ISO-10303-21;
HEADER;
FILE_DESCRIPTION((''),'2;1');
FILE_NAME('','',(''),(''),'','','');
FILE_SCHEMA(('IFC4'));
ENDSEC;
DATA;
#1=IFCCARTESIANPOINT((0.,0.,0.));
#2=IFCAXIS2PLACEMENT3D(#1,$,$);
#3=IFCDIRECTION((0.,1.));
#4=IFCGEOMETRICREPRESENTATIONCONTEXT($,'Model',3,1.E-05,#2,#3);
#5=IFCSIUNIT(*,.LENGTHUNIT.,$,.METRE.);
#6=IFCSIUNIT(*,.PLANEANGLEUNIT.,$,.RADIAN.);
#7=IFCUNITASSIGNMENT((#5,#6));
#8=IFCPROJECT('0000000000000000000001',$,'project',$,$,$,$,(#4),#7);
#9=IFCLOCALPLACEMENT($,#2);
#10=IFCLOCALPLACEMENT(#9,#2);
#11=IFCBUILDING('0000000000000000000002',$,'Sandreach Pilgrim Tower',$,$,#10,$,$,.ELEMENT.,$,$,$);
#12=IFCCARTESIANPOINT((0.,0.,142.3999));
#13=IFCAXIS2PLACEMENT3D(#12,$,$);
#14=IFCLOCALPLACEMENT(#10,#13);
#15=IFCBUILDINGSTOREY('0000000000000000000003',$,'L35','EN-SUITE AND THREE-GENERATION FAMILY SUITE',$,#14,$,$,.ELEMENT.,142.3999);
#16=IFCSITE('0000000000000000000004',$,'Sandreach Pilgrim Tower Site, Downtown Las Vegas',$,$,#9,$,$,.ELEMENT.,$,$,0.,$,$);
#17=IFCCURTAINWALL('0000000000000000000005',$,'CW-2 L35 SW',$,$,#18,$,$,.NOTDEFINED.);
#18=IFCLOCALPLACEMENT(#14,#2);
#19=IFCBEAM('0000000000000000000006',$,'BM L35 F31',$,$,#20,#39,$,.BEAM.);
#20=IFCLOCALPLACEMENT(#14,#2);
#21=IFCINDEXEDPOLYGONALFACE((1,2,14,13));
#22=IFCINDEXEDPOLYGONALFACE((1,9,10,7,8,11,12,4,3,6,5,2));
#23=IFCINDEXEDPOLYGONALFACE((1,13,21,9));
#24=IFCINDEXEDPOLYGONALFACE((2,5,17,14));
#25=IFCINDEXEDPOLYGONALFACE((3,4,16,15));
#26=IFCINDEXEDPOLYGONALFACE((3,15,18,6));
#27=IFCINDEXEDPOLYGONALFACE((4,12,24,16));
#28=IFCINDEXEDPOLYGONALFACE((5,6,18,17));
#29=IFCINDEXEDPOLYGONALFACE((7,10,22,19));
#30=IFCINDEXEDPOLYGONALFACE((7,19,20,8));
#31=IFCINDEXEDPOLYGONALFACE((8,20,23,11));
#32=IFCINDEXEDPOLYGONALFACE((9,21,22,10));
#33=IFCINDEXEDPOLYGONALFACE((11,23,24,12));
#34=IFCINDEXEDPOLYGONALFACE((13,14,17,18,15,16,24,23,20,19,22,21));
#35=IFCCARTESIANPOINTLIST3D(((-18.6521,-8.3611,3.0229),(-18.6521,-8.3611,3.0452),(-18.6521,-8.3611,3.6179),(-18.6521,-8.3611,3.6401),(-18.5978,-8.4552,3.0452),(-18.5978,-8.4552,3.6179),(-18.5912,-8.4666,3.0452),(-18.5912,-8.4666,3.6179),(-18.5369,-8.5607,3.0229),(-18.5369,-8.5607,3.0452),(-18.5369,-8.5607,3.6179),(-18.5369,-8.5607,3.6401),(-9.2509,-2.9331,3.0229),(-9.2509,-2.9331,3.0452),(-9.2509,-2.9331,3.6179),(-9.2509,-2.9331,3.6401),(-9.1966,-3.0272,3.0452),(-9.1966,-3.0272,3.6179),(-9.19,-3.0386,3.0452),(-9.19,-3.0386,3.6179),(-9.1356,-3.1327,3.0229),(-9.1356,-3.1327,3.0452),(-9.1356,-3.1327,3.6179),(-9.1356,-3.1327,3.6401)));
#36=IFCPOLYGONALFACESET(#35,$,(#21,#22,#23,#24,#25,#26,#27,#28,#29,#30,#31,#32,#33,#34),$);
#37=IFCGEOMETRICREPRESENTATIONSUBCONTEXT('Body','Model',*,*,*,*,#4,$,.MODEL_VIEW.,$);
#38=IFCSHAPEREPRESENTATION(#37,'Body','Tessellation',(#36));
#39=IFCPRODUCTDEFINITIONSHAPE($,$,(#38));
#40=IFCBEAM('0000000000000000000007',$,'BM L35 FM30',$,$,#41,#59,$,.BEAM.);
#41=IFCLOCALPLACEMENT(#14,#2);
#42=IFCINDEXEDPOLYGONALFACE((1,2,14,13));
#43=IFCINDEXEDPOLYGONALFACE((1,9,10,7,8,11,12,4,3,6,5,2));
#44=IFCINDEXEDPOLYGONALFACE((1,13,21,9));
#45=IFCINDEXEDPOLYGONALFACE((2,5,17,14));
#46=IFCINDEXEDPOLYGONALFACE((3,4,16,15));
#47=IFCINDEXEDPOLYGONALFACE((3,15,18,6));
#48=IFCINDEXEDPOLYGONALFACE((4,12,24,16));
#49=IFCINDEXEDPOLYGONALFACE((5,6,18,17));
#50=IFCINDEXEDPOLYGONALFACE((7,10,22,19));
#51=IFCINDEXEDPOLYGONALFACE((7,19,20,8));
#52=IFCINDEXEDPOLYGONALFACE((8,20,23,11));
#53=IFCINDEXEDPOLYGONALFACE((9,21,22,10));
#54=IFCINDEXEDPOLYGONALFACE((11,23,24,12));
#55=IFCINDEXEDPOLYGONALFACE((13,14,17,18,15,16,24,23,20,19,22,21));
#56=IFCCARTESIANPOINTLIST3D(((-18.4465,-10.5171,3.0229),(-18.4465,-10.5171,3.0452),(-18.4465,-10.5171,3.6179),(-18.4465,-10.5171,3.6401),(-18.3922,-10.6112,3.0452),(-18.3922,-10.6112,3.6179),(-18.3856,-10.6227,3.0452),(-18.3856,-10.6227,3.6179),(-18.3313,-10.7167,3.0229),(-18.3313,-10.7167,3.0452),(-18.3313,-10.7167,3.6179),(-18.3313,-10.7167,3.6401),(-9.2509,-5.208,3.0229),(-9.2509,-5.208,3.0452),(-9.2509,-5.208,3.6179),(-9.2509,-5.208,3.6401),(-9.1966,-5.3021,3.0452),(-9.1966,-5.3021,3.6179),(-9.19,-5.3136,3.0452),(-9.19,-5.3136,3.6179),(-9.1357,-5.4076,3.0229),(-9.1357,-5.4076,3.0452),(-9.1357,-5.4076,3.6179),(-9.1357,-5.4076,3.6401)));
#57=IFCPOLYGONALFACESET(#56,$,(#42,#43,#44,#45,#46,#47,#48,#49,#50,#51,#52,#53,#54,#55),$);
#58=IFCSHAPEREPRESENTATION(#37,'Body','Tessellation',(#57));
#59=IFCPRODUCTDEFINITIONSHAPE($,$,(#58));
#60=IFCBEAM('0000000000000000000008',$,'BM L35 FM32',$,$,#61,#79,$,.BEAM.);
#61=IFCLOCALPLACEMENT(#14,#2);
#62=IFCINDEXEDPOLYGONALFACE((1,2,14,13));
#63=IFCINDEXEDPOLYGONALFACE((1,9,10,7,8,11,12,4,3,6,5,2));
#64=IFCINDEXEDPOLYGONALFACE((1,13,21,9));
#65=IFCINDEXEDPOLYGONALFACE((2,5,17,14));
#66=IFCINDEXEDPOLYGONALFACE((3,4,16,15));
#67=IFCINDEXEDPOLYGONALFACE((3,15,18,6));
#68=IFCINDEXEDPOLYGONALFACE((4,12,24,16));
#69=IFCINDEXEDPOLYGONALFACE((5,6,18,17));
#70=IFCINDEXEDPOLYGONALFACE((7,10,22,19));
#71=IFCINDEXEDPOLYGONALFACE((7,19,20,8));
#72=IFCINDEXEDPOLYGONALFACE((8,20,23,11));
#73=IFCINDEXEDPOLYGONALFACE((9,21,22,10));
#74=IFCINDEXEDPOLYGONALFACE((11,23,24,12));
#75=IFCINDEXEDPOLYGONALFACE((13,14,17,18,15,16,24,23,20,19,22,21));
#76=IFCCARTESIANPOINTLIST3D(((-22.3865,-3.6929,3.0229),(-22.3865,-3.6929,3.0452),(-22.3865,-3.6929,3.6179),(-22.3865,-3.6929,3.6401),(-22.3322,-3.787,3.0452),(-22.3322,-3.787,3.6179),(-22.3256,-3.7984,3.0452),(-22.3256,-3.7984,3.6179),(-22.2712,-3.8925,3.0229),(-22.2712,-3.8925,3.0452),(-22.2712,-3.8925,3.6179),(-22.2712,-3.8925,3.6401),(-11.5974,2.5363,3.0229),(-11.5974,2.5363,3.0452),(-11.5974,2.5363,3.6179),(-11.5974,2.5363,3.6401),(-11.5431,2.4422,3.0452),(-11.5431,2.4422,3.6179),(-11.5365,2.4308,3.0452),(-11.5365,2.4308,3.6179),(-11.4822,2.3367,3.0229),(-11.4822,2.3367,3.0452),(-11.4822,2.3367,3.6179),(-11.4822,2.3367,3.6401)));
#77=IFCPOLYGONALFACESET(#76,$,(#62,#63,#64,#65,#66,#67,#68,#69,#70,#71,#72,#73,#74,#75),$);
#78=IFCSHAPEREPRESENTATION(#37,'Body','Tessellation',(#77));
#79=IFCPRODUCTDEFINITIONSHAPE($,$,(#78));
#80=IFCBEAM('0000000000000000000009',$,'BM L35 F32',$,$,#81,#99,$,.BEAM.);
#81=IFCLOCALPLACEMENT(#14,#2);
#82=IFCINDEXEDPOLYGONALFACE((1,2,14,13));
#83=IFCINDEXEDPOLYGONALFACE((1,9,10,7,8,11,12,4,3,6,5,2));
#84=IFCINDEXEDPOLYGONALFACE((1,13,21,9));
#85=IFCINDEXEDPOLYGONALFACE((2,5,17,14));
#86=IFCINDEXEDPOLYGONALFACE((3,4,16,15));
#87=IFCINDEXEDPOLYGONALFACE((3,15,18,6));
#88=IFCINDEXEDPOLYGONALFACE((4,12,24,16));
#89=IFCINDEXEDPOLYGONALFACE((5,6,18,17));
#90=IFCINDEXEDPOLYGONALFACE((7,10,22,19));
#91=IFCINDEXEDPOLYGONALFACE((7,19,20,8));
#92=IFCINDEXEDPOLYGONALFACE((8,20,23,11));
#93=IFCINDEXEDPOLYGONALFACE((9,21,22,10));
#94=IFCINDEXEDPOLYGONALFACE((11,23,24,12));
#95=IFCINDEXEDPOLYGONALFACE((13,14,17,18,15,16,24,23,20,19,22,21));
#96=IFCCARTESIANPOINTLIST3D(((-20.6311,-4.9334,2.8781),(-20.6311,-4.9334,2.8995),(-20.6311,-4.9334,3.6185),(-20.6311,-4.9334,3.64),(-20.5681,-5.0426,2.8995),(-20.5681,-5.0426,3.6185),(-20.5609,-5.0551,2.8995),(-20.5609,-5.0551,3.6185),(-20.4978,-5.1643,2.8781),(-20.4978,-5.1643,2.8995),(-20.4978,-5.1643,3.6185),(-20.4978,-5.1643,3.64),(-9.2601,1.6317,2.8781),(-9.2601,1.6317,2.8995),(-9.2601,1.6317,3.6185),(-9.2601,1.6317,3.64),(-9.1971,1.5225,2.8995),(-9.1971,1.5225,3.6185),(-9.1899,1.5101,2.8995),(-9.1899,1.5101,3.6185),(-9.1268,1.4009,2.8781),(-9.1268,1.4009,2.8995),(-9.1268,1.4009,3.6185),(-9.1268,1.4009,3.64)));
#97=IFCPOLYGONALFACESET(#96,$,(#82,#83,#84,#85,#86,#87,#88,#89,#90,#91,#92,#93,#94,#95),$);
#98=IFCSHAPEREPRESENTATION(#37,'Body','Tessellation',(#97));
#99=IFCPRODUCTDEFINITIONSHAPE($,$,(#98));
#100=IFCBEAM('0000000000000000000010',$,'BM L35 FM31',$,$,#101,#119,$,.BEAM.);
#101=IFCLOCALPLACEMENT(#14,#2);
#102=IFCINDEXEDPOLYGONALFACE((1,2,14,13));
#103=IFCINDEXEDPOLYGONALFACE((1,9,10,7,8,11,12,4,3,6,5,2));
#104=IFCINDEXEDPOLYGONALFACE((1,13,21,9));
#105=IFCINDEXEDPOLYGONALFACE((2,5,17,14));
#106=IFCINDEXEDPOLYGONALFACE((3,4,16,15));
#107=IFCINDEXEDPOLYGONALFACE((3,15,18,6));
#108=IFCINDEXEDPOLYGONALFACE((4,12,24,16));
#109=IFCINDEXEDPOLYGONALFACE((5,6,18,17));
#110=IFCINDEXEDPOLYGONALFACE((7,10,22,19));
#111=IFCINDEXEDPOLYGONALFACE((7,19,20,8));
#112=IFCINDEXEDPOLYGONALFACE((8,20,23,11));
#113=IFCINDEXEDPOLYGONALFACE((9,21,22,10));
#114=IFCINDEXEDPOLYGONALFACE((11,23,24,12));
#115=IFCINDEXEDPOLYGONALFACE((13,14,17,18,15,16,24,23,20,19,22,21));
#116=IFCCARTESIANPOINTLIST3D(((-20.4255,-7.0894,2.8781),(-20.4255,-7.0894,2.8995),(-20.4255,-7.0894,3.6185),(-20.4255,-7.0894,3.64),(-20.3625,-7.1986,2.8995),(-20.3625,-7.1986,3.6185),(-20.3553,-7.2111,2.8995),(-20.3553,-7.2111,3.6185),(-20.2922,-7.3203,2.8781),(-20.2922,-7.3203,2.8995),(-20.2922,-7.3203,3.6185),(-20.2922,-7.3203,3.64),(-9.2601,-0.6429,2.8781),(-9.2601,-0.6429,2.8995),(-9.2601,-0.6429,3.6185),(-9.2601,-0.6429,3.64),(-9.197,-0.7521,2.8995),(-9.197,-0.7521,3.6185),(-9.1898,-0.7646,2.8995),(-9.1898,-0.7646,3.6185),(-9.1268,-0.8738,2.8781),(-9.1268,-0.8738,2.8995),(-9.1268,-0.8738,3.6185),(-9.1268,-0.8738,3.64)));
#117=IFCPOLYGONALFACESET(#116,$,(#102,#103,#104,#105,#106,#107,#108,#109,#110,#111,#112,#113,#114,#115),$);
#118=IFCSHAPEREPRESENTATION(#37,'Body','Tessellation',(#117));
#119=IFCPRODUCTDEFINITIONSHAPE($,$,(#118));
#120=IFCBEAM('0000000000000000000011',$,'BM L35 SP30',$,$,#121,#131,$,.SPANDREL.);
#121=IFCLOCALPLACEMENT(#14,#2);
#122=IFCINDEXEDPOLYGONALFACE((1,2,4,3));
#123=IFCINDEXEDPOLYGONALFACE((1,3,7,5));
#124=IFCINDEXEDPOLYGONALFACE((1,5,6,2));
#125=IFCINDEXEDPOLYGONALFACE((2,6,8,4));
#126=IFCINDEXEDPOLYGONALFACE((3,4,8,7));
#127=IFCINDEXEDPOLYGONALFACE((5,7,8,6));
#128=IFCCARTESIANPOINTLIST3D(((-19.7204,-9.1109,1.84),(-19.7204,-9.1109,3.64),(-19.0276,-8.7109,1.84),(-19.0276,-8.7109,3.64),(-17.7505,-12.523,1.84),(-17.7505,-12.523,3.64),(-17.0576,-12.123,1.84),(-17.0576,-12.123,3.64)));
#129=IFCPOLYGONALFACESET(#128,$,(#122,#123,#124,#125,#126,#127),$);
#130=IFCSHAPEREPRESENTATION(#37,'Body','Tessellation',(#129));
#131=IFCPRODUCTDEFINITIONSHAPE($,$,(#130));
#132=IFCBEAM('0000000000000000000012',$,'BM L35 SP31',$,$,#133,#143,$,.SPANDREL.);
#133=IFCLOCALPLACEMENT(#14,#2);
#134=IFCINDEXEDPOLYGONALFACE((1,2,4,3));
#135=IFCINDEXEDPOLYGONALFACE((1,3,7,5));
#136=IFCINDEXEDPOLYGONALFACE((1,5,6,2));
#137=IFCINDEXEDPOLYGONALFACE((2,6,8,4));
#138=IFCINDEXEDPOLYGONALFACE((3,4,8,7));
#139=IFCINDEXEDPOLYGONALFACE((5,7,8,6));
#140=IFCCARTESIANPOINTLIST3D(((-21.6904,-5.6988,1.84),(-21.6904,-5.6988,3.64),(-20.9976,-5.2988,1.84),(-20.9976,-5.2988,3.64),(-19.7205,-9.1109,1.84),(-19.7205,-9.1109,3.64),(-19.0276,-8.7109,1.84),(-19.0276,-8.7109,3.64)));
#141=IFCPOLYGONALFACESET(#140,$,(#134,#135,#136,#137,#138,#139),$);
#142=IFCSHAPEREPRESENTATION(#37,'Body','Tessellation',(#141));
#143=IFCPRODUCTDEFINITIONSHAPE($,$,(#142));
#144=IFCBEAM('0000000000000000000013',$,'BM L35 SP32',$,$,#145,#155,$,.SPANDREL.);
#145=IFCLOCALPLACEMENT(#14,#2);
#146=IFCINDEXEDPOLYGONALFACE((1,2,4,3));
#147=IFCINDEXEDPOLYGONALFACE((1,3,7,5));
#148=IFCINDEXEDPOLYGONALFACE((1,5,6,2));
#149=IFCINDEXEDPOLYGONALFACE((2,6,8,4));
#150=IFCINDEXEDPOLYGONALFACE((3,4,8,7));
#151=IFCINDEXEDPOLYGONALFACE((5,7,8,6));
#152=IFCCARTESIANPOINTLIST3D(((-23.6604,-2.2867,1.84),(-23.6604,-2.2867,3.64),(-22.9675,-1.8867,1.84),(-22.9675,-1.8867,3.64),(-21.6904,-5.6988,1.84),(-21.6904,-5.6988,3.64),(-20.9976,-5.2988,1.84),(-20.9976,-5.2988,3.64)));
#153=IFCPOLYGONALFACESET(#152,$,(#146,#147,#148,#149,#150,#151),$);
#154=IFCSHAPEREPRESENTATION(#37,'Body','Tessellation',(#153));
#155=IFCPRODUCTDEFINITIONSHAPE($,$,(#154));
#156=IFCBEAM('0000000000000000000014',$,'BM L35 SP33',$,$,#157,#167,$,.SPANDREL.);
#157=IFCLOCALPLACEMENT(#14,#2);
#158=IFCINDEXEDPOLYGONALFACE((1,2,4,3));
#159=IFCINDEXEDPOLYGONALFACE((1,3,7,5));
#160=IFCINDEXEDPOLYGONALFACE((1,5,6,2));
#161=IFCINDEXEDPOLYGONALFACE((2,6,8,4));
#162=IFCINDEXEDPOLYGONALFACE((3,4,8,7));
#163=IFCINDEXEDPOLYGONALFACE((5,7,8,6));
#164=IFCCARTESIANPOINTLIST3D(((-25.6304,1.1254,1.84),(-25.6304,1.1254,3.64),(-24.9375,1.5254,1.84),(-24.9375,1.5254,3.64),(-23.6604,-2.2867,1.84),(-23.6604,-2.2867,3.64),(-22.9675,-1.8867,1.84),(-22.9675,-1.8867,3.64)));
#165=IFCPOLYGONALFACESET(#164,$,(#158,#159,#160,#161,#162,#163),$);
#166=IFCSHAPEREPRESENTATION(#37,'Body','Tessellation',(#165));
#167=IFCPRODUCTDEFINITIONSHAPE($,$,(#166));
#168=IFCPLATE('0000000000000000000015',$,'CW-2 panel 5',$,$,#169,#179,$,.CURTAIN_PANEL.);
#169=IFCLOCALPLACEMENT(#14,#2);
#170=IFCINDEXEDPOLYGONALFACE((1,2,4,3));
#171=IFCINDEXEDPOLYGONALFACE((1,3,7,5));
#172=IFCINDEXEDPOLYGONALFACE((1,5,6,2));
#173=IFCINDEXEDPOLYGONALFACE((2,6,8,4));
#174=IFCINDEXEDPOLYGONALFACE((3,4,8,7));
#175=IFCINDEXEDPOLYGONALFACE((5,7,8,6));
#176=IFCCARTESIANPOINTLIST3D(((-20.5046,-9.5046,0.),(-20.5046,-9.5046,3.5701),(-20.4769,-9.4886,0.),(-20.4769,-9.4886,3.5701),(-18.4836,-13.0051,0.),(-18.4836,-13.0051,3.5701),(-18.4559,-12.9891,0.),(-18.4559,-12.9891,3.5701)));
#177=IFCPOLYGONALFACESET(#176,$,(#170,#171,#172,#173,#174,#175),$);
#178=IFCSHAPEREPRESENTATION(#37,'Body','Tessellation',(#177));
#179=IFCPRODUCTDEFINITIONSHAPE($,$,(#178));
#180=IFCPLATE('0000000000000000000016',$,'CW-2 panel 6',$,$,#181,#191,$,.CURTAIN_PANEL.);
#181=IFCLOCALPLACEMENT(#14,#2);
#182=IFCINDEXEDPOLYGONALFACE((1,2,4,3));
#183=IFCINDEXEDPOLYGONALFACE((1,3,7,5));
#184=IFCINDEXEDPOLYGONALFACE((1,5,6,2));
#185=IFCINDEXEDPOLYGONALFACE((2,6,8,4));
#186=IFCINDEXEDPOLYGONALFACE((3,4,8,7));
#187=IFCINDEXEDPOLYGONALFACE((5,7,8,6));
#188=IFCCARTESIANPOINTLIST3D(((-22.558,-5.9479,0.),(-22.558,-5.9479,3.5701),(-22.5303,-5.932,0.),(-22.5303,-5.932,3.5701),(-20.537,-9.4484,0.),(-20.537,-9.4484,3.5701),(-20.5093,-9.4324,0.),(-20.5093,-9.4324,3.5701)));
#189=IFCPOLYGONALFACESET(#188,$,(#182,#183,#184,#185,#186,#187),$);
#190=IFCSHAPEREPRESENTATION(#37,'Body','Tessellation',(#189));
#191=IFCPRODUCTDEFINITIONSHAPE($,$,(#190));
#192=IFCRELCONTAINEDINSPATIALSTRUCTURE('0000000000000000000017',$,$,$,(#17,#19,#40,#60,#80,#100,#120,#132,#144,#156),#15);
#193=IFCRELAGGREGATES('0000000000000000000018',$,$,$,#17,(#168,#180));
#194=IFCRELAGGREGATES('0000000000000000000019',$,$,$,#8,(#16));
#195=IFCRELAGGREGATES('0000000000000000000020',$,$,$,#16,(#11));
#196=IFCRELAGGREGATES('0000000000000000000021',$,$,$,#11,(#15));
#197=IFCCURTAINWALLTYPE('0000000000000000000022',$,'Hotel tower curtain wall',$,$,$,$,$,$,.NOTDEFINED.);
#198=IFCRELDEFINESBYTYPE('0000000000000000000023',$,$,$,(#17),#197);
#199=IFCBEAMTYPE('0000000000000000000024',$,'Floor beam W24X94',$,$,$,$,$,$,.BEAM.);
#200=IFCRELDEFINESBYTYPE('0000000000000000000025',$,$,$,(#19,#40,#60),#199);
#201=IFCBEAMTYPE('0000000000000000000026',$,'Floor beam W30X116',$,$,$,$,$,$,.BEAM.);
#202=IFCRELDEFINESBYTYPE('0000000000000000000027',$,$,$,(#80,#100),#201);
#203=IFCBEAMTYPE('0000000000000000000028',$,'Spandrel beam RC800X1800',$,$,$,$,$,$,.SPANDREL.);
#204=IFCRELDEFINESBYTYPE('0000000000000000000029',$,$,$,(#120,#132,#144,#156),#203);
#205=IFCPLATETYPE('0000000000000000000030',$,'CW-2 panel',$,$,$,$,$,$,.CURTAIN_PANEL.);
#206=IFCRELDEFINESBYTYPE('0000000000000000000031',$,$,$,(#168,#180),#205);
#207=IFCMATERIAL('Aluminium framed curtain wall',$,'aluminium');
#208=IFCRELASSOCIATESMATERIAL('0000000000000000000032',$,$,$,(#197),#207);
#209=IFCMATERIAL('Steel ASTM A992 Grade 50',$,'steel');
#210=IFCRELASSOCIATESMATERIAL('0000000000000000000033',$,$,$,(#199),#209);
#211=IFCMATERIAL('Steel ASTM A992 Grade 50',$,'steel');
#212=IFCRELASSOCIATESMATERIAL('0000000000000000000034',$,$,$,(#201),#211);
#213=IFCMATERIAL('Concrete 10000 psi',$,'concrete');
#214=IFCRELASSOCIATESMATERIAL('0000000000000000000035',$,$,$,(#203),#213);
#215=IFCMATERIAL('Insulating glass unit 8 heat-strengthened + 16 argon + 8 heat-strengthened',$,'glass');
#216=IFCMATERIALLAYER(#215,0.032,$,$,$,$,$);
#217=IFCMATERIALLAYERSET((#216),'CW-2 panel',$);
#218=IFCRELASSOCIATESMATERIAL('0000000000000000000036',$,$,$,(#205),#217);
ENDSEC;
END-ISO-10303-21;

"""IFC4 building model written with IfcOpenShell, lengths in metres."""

from ifc_helpers import new_model, si_unit, direction, frame, origin, origin_2d, place, context, subcontext, project, spatial, rectangle, i_section, extrude, material, layer, layer_set, material_profile, profile_set, type_object, element, aggregate, save


model = new_model("IFC4")

# Units and contexts
model_context = context("Model", 3, precision=1e-05, world=origin(), true_north=direction((0.0, 1.0)))
body_context = subcontext(model_context, "Body", "Model", "MODEL_VIEW")
ifc_project = project(units=[si_unit("LENGTHUNIT", "METRE"), si_unit("PLANEANGLEUNIT", "RADIAN")], contexts=[model_context])

# Site, building, storey
site_placement = place(None, origin())
site = spatial("IfcSite", under=ifc_project, at=site_placement, Name="Sandreach Pilgrim Tower Site, Downtown Las Vegas", CompositionType="ELEMENT", RefElevation=0.0)
building_placement = place(site_placement, origin())
building = spatial("IfcBuilding", under=site, at=building_placement, Name="Sandreach Pilgrim Tower", CompositionType="ELEMENT")
storey_placement = place(building_placement, frame((0.0, 0.0, 142.3999)))
storey = spatial("IfcBuildingStorey", under=building, at=storey_placement, Name="L35", Description="EN-SUITE AND THREE-GENERATION FAMILY SUITE", CompositionType="ELEMENT", Elevation=142.3999)

# Curtain wall
ifc_material_1 = material(Name="Aluminium framed curtain wall", Category="aluminium")
curtain_wall_type = type_object("IfcCurtainWallType", Name="Hotel tower curtain wall", PredefinedType="NOTDEFINED", material=ifc_material_1)
curtain_wall_placement = place(storey_placement, origin())
curtain_wall = element("IfcCurtainWall", 1, at=curtain_wall_placement, inside=storey, type_object=curtain_wall_type, Name="CW-2 L35 SW", PredefinedType="NOTDEFINED")

# Beams
ifc_material_2 = material(Name="Steel ASTM A992 Grade 50", Category="steel")
ifc_material_profile_1 = material_profile(ifc_material_2, i_section(OverallWidth=0.2305, OverallDepth=0.6172, WebThickness=0.0132, FlangeThickness=0.0222, at=origin_2d()), Name="W24X94")
ifc_profile_set_1 = profile_set([ifc_material_profile_1], Name="Steel ASTM A992 Grade 50")
beam_type_1 = type_object("IfcBeamType", Name="Floor beam W24X94", PredefinedType="BEAM", material=ifc_profile_set_1)
beam_1_placement = place(storey_placement, frame((-18.5945, -8.4609, 3.3315), z_axis=(0.866016, 0.500016, 0.0), x_axis=(-0.500016, 0.866016, 0.0)))
element("IfcBeam", 2, at=beam_1_placement, inside=storey, type_object=beam_type_1, Name="BM L35 F31", PredefinedType="BEAM", context=body_context, shape_type="SweptSolid", body=[
    extrude(i_section(OverallWidth=0.2305, OverallDepth=0.6172, WebThickness=0.0132, FlangeThickness=0.0222, at=origin_2d()), origin(), (0.0, 0.0, 1.0), 10.8557),
])
beam_2_placement = place(storey_placement, frame((-18.3889, -10.6169, 3.3315), z_axis=(0.866024, 0.500002, 0.0), x_axis=(-0.500002, 0.866024, 0.0)))
element("IfcBeam", 3, at=beam_2_placement, inside=storey, type_object=beam_type_1, Name="BM L35 FM30", PredefinedType="BEAM", context=body_context, shape_type="SweptSolid", body=[
    extrude(i_section(OverallWidth=0.2305, OverallDepth=0.6172, WebThickness=0.0132, FlangeThickness=0.0222, at=origin_2d()), origin(), (0.0, 0.0, 1.0), 10.6182),
])
beam_3_placement = place(storey_placement, frame((-22.3289, -3.7927, 3.3315), z_axis=(0.866019, 0.500011, 0.0), x_axis=(-0.500011, 0.866019, 0.0)))
element("IfcBeam", 4, at=beam_3_placement, inside=storey, type_object=beam_type_1, Name="BM L35 FM32", PredefinedType="BEAM", context=body_context, shape_type="SweptSolid", body=[
    extrude(i_section(OverallWidth=0.2305, OverallDepth=0.6172, WebThickness=0.0132, FlangeThickness=0.0222, at=origin_2d()), origin(), (0.0, 0.0, 1.0), 12.4583),
])
ifc_material_3 = material(Name="Steel ASTM A992 Grade 50", Category="steel")
ifc_material_profile_2 = material_profile(ifc_material_3, i_section(OverallWidth=0.2666, OverallDepth=0.762, WebThickness=0.0144, FlangeThickness=0.0215, at=origin_2d()), Name="W30X116")
ifc_profile_set_2 = profile_set([ifc_material_profile_2], Name="Steel ASTM A992 Grade 50")
beam_type_2 = type_object("IfcBeamType", Name="Floor beam W30X116", PredefinedType="BEAM", material=ifc_profile_set_2)
beam_4_placement = place(storey_placement, frame((-20.5645, -5.0488, 3.259), z_axis=(0.866023, 0.500005, 0.0), x_axis=(-0.500005, 0.866023, 0.0)))
element("IfcBeam", 5, at=beam_4_placement, inside=storey, type_object=beam_type_2, Name="BM L35 F32", PredefinedType="BEAM", context=body_context, shape_type="SweptSolid", body=[
    extrude(i_section(OverallWidth=0.2666, OverallDepth=0.762, WebThickness=0.0144, FlangeThickness=0.0215, at=origin_2d()), origin(), (0.0, 0.0, 1.0), 13.1301),
])
beam_5_placement = place(storey_placement, frame((-20.3589, -7.2048, 3.259), z_axis=(0.866022, 0.500007, 0.0), x_axis=(-0.500007, 0.866022, 0.0)))
element("IfcBeam", 6, at=beam_5_placement, inside=storey, type_object=beam_type_2, Name="BM L35 FM31", PredefinedType="BEAM", context=body_context, shape_type="SweptSolid", body=[
    extrude(i_section(OverallWidth=0.2666, OverallDepth=0.762, WebThickness=0.0144, FlangeThickness=0.0215, at=origin_2d()), origin(), (0.0, 0.0, 1.0), 12.8928),
])
ifc_material_4 = material(Name="Concrete 10000 psi", Category="concrete")
ifc_material_profile_3 = material_profile(ifc_material_4, rectangle(XDim=0.8, YDim=1.8, at=origin_2d()), Name="RC800X1800")
ifc_profile_set_3 = profile_set([ifc_material_profile_3], Name="Concrete 10000 psi")
beam_type_3 = type_object("IfcBeamType", Name="Spandrel beam RC800X1800", PredefinedType="SPANDREL", material=ifc_profile_set_3)
for number, where, z_axis, x_axis, name in (
    (7, (-17.4041, -12.323, 2.74), (-0.499998, 0.866027, 0.0), (-0.866027, -0.499998, 0.0), "BM L35 SP30"),
    (8, (-19.374, -8.9109, 2.74), (-0.499998, 0.866027, 0.0), (-0.866027, -0.499998, 0.0), "BM L35 SP31"),
    (9, (-21.344, -5.4988, 2.74), (-0.499998, 0.866027, 0.0), (-0.866027, -0.499998, 0.0), "BM L35 SP32"),
    (10, (-23.314, -2.0867, 2.74), (-0.499998, 0.866027, 0.0), (-0.866027, -0.499998, 0.0), "BM L35 SP33"),
):
    element("IfcBeam", number, at=place(storey_placement, frame(where, z_axis=z_axis, x_axis=x_axis)), inside=storey, type_object=beam_type_3, Name=name, PredefinedType="SPANDREL", context=body_context, shape_type="SweptSolid", body=[
        extrude(rectangle(XDim=0.8, YDim=1.8, at=origin_2d()), origin(), (0.0, 0.0, 1.0), 3.9399),
    ])

# Plates
ifc_material_5 = material(Name="Insulating glass unit 8 heat-strengthened + 16 argon + 8 heat-strengthened", Category="glass")
ifc_layer_1 = layer(ifc_material_5, 0.032)
ifc_layer_set_1 = layer_set([ifc_layer_1], Name="CW-2 panel")
plate_type = type_object("IfcPlateType", Name="CW-2 panel", PredefinedType="CURTAIN_PANEL", material=ifc_layer_set_1)
plate_1_placement = place(storey_placement, frame((-19.4802, -11.2468, 0.0), z_axis=(0.0, 0.0, 1.0), x_axis=(-0.5, 0.866025, 0.0)))
plate_1 = element("IfcPlate", 11, at=plate_1_placement, type_object=plate_type, Name="CW-2 panel 5", PredefinedType="CURTAIN_PANEL", context=body_context, shape_type="SweptSolid", body=[
    extrude(rectangle(XDim=4.042, YDim=0.032, at=origin_2d()), origin(), (0.0, 0.0, 1.0), 3.5701),
])
plate_2_placement = place(storey_placement, frame((-21.5337, -7.6902, 0.0), z_axis=(0.0, 0.0, 1.0), x_axis=(-0.5, 0.866025, 0.0)))
plate_2 = element("IfcPlate", 12, at=plate_2_placement, type_object=plate_type, Name="CW-2 panel 6", PredefinedType="CURTAIN_PANEL", context=body_context, shape_type="SweptSolid", body=[
    extrude(rectangle(XDim=4.042, YDim=0.032, at=origin_2d()), origin(), (0.0, 0.0, 1.0), 3.5701),
])
aggregate(curtain_wall, [plate_1, plate_2])

save(model, "model.ifc")
